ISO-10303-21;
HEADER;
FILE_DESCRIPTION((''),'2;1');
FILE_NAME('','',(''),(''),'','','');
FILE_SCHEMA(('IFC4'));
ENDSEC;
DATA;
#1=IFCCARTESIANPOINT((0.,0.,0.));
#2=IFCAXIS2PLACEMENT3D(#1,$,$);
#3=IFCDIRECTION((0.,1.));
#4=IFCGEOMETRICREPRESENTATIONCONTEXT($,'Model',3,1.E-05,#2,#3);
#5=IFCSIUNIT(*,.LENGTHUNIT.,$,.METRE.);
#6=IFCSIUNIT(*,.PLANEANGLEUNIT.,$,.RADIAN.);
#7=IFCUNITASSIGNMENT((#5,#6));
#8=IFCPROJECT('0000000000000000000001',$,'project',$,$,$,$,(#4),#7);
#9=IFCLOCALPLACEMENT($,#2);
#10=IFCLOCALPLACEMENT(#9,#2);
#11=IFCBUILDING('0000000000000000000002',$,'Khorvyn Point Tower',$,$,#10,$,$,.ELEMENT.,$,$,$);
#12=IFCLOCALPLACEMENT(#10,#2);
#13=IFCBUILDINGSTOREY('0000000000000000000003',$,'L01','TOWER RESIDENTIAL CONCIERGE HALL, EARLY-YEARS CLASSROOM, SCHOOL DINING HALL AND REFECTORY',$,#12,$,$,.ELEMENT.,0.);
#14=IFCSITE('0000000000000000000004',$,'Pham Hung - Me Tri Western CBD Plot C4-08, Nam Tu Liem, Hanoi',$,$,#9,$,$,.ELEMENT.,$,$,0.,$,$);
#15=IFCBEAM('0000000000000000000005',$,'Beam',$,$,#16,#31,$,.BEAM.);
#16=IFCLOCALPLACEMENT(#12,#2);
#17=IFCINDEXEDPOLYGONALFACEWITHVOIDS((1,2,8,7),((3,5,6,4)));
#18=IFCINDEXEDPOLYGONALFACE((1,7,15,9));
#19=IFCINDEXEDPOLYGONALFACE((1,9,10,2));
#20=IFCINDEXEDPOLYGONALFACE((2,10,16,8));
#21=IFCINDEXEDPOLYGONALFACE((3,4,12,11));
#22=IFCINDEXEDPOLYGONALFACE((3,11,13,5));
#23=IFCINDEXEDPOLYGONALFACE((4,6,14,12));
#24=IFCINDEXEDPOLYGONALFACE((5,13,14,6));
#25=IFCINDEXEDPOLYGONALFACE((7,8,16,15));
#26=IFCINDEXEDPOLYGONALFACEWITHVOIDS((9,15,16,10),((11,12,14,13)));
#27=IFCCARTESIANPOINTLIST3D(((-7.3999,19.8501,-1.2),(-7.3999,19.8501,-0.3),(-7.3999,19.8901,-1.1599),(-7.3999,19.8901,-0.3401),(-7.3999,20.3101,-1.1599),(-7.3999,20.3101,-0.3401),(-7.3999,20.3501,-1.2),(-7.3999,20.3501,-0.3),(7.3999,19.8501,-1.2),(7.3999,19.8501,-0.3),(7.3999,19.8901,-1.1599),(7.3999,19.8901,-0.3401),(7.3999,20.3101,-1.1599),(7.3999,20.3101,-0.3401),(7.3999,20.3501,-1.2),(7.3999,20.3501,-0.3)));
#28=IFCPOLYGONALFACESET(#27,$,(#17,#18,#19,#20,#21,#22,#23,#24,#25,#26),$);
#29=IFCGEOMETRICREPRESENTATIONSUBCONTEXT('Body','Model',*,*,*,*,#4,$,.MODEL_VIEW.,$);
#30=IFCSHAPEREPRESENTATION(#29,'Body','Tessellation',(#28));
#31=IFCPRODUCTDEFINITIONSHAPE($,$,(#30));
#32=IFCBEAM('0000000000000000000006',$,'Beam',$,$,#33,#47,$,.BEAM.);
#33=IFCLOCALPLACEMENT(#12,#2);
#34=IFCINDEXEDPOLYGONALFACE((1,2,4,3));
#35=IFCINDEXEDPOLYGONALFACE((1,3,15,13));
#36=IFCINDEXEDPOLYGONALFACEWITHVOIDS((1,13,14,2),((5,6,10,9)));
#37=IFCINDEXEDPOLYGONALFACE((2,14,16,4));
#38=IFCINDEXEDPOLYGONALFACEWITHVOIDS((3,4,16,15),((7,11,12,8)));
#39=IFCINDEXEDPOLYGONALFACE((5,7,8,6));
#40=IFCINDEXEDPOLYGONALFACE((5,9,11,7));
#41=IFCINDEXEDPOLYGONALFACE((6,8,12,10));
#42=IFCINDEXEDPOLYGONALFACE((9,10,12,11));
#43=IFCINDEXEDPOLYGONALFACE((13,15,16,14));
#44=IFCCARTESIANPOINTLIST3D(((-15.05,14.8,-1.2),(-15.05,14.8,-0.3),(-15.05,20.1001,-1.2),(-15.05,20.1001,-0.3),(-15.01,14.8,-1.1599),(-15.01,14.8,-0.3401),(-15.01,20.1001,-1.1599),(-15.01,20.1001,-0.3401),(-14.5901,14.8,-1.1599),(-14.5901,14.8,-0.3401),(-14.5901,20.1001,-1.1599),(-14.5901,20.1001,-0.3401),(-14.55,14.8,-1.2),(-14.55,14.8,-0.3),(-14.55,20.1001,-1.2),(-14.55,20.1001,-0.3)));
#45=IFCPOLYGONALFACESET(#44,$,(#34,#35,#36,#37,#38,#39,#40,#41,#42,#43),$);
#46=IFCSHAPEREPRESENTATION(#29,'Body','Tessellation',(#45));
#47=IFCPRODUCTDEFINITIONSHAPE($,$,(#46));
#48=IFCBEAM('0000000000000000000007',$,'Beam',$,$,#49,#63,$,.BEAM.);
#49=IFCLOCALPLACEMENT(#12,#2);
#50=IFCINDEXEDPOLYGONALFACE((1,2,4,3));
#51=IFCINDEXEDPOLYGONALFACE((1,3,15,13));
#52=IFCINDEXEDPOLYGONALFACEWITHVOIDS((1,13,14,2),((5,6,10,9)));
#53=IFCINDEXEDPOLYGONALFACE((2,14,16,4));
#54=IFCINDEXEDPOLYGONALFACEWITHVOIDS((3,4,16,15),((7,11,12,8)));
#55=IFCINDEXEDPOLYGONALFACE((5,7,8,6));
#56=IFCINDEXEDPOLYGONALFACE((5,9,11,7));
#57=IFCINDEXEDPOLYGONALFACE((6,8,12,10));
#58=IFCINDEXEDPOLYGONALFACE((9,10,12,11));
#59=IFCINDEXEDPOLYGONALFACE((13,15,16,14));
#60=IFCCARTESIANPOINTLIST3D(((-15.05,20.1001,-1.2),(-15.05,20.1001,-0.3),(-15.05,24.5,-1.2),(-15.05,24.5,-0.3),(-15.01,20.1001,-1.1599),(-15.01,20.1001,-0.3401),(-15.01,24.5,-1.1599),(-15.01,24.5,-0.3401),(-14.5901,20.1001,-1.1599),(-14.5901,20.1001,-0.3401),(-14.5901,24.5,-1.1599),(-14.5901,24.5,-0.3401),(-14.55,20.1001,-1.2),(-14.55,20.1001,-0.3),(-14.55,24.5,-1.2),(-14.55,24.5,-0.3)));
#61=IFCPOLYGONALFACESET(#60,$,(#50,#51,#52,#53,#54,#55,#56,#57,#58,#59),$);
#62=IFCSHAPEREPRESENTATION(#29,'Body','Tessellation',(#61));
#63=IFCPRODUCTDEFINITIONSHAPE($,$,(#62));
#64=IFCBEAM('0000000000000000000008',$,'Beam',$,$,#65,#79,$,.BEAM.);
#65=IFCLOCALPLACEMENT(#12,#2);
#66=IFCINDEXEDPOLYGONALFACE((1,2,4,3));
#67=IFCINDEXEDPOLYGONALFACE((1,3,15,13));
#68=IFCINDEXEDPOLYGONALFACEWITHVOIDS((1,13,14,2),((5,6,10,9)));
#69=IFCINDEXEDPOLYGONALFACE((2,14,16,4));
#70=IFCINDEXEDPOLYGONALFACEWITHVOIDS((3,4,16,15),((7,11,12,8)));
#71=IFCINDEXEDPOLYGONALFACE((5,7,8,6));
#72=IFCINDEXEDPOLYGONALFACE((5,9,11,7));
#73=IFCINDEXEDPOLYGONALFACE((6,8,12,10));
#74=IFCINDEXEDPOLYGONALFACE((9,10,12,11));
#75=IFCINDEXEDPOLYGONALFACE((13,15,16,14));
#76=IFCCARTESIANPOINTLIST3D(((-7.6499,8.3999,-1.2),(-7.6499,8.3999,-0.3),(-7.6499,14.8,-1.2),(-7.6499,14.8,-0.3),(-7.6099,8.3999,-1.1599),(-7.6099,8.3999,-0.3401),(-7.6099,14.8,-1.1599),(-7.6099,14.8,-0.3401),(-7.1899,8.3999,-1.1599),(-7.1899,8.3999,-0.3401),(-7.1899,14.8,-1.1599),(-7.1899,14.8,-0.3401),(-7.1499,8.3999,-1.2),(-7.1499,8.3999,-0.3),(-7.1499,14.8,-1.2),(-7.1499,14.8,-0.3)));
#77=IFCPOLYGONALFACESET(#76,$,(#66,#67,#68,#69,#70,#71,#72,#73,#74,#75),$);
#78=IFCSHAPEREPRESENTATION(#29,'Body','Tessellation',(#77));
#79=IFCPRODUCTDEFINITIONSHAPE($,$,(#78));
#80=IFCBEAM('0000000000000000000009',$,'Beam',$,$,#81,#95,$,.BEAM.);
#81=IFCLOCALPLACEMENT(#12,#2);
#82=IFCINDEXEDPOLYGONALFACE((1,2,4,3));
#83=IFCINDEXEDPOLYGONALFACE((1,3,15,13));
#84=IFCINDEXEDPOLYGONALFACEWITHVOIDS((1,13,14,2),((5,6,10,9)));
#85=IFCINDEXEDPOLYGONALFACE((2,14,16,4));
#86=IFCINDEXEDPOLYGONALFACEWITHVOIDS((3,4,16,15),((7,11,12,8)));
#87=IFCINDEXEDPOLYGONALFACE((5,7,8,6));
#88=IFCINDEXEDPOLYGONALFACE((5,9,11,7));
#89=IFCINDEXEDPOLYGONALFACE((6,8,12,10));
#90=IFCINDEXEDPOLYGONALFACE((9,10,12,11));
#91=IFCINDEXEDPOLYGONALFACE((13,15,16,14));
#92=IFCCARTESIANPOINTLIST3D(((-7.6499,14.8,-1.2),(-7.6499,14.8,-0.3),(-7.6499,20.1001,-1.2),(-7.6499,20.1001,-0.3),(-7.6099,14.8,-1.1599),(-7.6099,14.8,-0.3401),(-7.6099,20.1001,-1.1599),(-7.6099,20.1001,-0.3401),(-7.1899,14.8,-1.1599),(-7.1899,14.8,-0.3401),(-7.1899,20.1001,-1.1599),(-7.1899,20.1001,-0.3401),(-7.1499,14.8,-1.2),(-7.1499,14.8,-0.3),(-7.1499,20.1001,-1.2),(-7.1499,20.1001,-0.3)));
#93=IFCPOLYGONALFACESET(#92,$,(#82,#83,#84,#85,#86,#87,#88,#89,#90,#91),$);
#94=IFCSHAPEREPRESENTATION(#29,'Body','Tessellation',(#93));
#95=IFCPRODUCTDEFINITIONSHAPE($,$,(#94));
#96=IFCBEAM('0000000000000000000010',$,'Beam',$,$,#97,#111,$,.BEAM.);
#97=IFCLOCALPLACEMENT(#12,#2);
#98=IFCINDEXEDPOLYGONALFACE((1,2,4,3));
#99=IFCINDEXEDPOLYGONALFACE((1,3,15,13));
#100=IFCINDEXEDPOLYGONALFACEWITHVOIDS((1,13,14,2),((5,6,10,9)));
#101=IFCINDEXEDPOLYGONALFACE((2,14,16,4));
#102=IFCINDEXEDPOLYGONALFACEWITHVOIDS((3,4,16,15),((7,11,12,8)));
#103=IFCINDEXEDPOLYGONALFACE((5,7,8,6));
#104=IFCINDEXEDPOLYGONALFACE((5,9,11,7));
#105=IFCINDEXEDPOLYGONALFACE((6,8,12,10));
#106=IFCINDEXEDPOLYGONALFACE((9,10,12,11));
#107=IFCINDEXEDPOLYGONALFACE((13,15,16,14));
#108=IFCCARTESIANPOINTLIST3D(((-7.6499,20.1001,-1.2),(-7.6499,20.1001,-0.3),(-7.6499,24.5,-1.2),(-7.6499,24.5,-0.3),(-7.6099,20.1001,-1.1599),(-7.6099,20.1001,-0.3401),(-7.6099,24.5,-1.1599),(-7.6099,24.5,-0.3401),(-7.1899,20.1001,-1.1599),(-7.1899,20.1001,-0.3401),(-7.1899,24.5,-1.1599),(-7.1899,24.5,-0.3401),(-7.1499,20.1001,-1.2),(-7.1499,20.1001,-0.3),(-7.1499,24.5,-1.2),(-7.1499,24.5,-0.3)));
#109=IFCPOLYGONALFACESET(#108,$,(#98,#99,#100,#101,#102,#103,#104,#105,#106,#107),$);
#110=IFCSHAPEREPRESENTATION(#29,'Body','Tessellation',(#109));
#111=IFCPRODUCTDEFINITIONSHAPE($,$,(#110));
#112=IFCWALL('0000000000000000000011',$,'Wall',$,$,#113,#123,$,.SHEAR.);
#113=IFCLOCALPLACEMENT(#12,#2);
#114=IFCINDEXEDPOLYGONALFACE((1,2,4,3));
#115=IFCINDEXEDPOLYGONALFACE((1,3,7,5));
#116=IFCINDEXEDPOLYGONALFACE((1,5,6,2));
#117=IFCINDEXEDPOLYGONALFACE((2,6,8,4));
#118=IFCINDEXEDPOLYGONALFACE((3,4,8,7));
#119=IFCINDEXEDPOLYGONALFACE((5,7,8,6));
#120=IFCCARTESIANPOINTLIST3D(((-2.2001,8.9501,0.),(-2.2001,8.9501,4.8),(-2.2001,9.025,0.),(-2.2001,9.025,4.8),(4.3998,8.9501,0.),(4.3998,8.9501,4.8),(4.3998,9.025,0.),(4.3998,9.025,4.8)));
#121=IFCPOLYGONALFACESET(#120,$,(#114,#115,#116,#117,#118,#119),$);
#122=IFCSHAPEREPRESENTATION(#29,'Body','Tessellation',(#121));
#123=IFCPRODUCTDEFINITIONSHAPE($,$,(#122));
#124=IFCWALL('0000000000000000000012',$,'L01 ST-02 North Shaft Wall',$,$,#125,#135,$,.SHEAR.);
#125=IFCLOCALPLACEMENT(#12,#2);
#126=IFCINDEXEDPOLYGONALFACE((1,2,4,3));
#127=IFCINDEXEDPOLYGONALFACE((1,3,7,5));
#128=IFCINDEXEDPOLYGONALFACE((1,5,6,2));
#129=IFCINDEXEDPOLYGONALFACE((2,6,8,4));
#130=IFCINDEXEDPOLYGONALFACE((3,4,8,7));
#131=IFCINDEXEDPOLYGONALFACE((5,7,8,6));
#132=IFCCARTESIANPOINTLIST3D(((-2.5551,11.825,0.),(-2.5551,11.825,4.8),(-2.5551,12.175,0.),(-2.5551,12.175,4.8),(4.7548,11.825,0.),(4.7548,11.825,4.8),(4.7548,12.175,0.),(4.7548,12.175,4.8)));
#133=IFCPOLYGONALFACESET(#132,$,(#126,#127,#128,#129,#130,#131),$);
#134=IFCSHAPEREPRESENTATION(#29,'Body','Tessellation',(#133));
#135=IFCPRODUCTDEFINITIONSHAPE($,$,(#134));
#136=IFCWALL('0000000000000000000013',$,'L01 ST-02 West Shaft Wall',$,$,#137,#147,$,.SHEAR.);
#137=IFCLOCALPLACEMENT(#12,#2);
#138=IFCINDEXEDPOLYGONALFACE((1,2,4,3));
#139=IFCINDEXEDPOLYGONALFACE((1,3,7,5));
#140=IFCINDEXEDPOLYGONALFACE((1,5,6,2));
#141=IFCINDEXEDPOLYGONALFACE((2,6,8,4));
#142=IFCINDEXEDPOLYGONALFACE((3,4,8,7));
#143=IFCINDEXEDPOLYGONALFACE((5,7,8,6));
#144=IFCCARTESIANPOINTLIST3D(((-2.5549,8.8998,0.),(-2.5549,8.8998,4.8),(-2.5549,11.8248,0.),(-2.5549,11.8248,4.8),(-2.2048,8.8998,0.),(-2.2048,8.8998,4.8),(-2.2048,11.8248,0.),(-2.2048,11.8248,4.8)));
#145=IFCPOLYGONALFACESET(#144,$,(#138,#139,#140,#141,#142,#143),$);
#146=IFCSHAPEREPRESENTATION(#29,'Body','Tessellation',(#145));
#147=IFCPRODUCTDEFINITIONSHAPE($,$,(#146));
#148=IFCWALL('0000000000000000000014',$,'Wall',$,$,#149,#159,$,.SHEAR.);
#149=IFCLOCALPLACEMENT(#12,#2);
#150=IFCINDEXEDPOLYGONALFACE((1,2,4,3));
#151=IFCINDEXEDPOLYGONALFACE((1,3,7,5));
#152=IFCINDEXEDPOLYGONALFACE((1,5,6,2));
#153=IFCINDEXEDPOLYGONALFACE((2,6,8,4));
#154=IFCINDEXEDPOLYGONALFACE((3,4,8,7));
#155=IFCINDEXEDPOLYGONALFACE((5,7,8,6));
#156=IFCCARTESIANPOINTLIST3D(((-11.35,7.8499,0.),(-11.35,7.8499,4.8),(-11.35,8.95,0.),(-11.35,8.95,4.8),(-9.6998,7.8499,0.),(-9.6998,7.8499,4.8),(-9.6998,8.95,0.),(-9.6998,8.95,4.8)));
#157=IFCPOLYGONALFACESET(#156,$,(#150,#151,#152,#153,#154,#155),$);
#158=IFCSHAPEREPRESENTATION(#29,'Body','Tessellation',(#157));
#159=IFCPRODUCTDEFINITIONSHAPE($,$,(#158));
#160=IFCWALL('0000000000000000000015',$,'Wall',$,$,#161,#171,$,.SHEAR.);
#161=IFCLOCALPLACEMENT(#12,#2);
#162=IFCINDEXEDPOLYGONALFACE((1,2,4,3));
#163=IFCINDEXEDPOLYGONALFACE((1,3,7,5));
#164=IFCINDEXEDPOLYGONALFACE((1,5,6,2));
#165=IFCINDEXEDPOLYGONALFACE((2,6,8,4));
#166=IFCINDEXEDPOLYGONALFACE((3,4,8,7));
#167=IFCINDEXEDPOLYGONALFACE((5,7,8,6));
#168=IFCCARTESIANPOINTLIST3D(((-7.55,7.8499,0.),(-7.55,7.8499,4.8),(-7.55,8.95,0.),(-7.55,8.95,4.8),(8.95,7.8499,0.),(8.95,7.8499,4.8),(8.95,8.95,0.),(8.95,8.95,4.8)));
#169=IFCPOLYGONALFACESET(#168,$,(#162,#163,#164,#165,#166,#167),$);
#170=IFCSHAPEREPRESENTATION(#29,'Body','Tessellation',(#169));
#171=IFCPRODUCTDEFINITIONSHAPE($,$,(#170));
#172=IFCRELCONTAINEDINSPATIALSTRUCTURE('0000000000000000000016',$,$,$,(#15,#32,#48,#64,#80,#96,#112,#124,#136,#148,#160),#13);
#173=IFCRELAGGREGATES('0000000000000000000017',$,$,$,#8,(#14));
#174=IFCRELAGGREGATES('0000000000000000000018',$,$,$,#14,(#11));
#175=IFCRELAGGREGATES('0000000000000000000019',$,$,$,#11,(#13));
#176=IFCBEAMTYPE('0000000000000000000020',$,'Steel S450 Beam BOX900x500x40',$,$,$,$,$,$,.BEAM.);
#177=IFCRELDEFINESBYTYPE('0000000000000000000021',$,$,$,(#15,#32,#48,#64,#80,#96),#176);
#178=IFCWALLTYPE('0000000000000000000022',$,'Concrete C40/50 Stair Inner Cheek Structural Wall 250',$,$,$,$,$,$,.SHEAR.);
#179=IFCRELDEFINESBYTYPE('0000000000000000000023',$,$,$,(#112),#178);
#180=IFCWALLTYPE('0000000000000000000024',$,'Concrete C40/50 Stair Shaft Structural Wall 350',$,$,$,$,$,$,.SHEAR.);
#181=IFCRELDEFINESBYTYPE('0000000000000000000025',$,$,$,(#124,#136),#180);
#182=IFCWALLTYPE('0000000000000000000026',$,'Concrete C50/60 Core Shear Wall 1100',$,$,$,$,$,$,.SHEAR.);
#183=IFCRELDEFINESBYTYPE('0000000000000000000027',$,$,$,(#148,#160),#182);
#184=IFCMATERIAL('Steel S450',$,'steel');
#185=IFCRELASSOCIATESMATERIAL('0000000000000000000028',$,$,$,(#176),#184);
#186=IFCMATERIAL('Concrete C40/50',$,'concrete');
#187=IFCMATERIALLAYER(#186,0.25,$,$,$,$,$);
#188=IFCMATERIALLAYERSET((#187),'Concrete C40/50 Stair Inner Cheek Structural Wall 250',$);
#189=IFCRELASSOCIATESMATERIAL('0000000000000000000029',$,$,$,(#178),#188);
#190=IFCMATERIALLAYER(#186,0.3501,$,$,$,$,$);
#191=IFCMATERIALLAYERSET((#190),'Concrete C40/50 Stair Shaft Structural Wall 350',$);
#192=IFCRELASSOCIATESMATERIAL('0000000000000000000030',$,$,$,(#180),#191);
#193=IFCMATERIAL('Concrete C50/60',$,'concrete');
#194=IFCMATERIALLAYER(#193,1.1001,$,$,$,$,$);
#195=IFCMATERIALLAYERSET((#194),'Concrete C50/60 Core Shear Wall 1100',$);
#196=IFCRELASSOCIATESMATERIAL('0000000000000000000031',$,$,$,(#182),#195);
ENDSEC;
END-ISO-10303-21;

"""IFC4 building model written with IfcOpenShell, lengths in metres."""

from ifc_helpers import new_model, si_unit, direction, frame, frame_2d, origin, origin_2d, place, context, subcontext, project, spatial, rectangle, hollow_rectangle, extrude, material, layer, layer_set, material_profile, profile_set, type_object, element, save


model = new_model("IFC4")

# Units and contexts
model_context = context("Model", 3, precision=1e-05, world=origin(), true_north=direction((0.0, 1.0)))
body_context = subcontext(model_context, "Body", "Model", "MODEL_VIEW")
ifc_project = project(units=[si_unit("LENGTHUNIT", "METRE"), si_unit("PLANEANGLEUNIT", "RADIAN")], contexts=[model_context])

# Site, building, storey
site_placement = place(None, origin())
site = spatial("IfcSite", under=ifc_project, at=site_placement, Name="Pham Hung - Me Tri Western CBD Plot C4-08, Nam Tu Liem, Hanoi", CompositionType="ELEMENT", RefElevation=0.0)
building_placement = place(site_placement, origin())
building = spatial("IfcBuilding", under=site, at=building_placement, Name="Khorvyn Point Tower", CompositionType="ELEMENT")
storey_placement = place(building_placement, origin())
storey = spatial("IfcBuildingStorey", under=building, at=storey_placement, Name="L01", Description="TOWER RESIDENTIAL CONCIERGE HALL, EARLY-YEARS CLASSROOM, SCHOOL DINING HALL AND REFECTORY", CompositionType="ELEMENT", Elevation=0.0)

# Shared definitions
ifc_material_1 = material(Name="Concrete C40/50", Category="concrete")
ifc_material_2 = material(Name="Concrete C50/60", Category="concrete")

# Beams
ifc_material_3 = material(Name="Steel S450", Category="steel")
ifc_material_profile_1 = material_profile(ifc_material_3, hollow_rectangle(XDim=0.5, YDim=0.8999, WallThickness=0.04, at=origin_2d()))
ifc_profile_set_1 = profile_set([ifc_material_profile_1], Name="Steel S450 BOX900x500x40")
beam_type_1 = type_object("IfcBeamType", Name="Steel S450 Beam BOX900x500x40", PredefinedType="BEAM", material=ifc_profile_set_1)
beam_1_placement = place(storey_placement, frame((-7.3999, 20.1001, -0.75), z_axis=(1.0, 0.0, 0.0), x_axis=(0.0, 1.0, 0.0)))
element("IfcBeam", 1, at=beam_1_placement, inside=storey, type_object=beam_type_1, Name="Beam", PredefinedType="BEAM", context=body_context, shape_type="SweptSolid", body=[
    extrude(hollow_rectangle(XDim=0.5, YDim=0.8999, WallThickness=0.04, at=origin_2d()), origin(), (0.0, 0.0, 1.0), 14.7998),
])
beam_2_placement = place(storey_placement, frame((-14.8, 14.8, -0.75), z_axis=(0.0, 1.0, 0.0), x_axis=(-1.0, 0.0, 0.0)))
element("IfcBeam", 2, at=beam_2_placement, inside=storey, type_object=beam_type_1, Name="Beam", PredefinedType="BEAM", context=body_context, shape_type="SweptSolid", body=[
    extrude(hollow_rectangle(XDim=0.5, YDim=0.8999, WallThickness=0.04, at=origin_2d()), origin(), (0.0, 0.0, 1.0), 5.3),
])
beam_3_placement = place(storey_placement, frame((-14.8, 20.1001, -0.75), z_axis=(0.0, 1.0, 0.0), x_axis=(-1.0, 0.0, 0.0)))
element("IfcBeam", 3, at=beam_3_placement, inside=storey, type_object=beam_type_1, Name="Beam", PredefinedType="BEAM", context=body_context, shape_type="SweptSolid", body=[
    extrude(hollow_rectangle(XDim=0.5, YDim=0.8999, WallThickness=0.04, at=origin_2d()), origin(), (0.0, 0.0, 1.0), 4.3999),
])
beam_4_placement = place(storey_placement, frame((-7.3999, 8.3999, -0.75), z_axis=(0.0, 1.0, 0.0), x_axis=(-1.0, 0.0, 0.0)))
element("IfcBeam", 4, at=beam_4_placement, inside=storey, type_object=beam_type_1, Name="Beam", PredefinedType="BEAM", context=body_context, shape_type="SweptSolid", body=[
    extrude(hollow_rectangle(XDim=0.5, YDim=0.8999, WallThickness=0.04, at=origin_2d()), origin(), (0.0, 0.0, 1.0), 6.4001),
])
beam_5_placement = place(storey_placement, frame((-7.3999, 14.8, -0.75), z_axis=(0.0, 1.0, 0.0), x_axis=(-1.0, 0.0, 0.0)))
element("IfcBeam", 5, at=beam_5_placement, inside=storey, type_object=beam_type_1, Name="Beam", PredefinedType="BEAM", context=body_context, shape_type="SweptSolid", body=[
    extrude(hollow_rectangle(XDim=0.5, YDim=0.8999, WallThickness=0.04, at=origin_2d()), origin(), (0.0, 0.0, 1.0), 5.3),
])
beam_6_placement = place(storey_placement, frame((-7.3999, 20.1001, -0.75), z_axis=(0.0, 1.0, 0.0), x_axis=(-1.0, 0.0, 0.0)))
element("IfcBeam", 6, at=beam_6_placement, inside=storey, type_object=beam_type_1, Name="Beam", PredefinedType="BEAM", context=body_context, shape_type="SweptSolid", body=[
    extrude(hollow_rectangle(XDim=0.5, YDim=0.8999, WallThickness=0.04, at=origin_2d()), origin(), (0.0, 0.0, 1.0), 4.3999),
])

# Walls
ifc_layer_1 = layer(ifc_material_1, 0.25)
ifc_layer_set_1 = layer_set([ifc_layer_1], Name="Concrete C40/50 Stair Inner Cheek Structural Wall 250")
wall_type_1 = type_object("IfcWallType", Name="Concrete C40/50 Stair Inner Cheek Structural Wall 250", PredefinedType="SHEAR", material=ifc_layer_set_1)
wall_1_placement = place(storey_placement, frame((-2.2, 8.9875, 0.0), z_axis=(0.0, 0.0, 1.0), x_axis=(1.0, 0.0, 0.0)))
element("IfcWall", 7, at=wall_1_placement, inside=storey, type_object=wall_type_1, Name="Wall", PredefinedType="SHEAR", context=body_context, shape_type="SweptSolid", body=[
    extrude(rectangle(XDim=6.5999, YDim=0.075, at=frame_2d((3.2998, 0.0))), origin(), (0.0, 0.0, 1.0), 4.8),
])
ifc_layer_2 = layer(ifc_material_1, 0.3501)
ifc_layer_set_2 = layer_set([ifc_layer_2], Name="Concrete C40/50 Stair Shaft Structural Wall 350")
wall_type_2 = type_object("IfcWallType", Name="Concrete C40/50 Stair Shaft Structural Wall 350", PredefinedType="SHEAR", material=ifc_layer_set_2)
wall_2_placement = place(storey_placement, frame((-2.5549, 12.0, 0.0), z_axis=(0.0, 0.0, 1.0), x_axis=(1.0, 0.0, 0.0)))
element("IfcWall", 8, at=wall_2_placement, inside=storey, type_object=wall_type_2, Name="L01 ST-02 North Shaft Wall", PredefinedType="SHEAR", context=body_context, shape_type="SweptSolid", body=[
    extrude(rectangle(XDim=7.3098, YDim=0.3501, at=frame_2d((3.6548, 0.0))), origin(), (0.0, 0.0, 1.0), 4.8),
])
wall_3_placement = place(storey_placement, frame((-2.3799, 8.8999, 0.0), z_axis=(0.0, 0.0, 1.0), x_axis=(0.0, 1.0, 0.0)))
element("IfcWall", 9, at=wall_3_placement, inside=storey, type_object=wall_type_2, Name="L01 ST-02 West Shaft Wall", PredefinedType="SHEAR", context=body_context, shape_type="SweptSolid", body=[
    extrude(rectangle(XDim=2.925, YDim=0.3501, at=frame_2d((1.4624, 0.0))), origin(), (0.0, 0.0, 1.0), 4.8),
])
ifc_layer_3 = layer(ifc_material_2, 1.1001)
ifc_layer_set_3 = layer_set([ifc_layer_3], Name="Concrete C50/60 Core Shear Wall 1100")
wall_type_3 = type_object("IfcWallType", Name="Concrete C50/60 Core Shear Wall 1100", PredefinedType="SHEAR", material=ifc_layer_set_3)
wall_4_placement = place(storey_placement, frame((-11.3501, 8.3999, 0.0), z_axis=(0.0, 0.0, 1.0), x_axis=(1.0, 0.0, 0.0)))
element("IfcWall", 10, at=wall_4_placement, inside=storey, type_object=wall_type_3, Name="Wall", PredefinedType="SHEAR", context=body_context, shape_type="SweptSolid", body=[
    extrude(rectangle(XDim=1.6501, YDim=1.1001, at=frame_2d((0.8252, 0.0))), origin(), (0.0, 0.0, 1.0), 4.8),
])
wall_5_placement = place(storey_placement, frame((-7.55, 8.3999, 0.0), z_axis=(0.0, 0.0, 1.0), x_axis=(1.0, 0.0, 0.0)))
element("IfcWall", 11, at=wall_5_placement, inside=storey, type_object=wall_type_3, Name="Wall", PredefinedType="SHEAR", context=body_context, shape_type="SweptSolid", body=[
    extrude(rectangle(XDim=16.5, YDim=1.1001, at=frame_2d((8.25, 0.0))), origin(), (0.0, 0.0, 1.0), 4.8),
])

save(model, "model.ifc")
